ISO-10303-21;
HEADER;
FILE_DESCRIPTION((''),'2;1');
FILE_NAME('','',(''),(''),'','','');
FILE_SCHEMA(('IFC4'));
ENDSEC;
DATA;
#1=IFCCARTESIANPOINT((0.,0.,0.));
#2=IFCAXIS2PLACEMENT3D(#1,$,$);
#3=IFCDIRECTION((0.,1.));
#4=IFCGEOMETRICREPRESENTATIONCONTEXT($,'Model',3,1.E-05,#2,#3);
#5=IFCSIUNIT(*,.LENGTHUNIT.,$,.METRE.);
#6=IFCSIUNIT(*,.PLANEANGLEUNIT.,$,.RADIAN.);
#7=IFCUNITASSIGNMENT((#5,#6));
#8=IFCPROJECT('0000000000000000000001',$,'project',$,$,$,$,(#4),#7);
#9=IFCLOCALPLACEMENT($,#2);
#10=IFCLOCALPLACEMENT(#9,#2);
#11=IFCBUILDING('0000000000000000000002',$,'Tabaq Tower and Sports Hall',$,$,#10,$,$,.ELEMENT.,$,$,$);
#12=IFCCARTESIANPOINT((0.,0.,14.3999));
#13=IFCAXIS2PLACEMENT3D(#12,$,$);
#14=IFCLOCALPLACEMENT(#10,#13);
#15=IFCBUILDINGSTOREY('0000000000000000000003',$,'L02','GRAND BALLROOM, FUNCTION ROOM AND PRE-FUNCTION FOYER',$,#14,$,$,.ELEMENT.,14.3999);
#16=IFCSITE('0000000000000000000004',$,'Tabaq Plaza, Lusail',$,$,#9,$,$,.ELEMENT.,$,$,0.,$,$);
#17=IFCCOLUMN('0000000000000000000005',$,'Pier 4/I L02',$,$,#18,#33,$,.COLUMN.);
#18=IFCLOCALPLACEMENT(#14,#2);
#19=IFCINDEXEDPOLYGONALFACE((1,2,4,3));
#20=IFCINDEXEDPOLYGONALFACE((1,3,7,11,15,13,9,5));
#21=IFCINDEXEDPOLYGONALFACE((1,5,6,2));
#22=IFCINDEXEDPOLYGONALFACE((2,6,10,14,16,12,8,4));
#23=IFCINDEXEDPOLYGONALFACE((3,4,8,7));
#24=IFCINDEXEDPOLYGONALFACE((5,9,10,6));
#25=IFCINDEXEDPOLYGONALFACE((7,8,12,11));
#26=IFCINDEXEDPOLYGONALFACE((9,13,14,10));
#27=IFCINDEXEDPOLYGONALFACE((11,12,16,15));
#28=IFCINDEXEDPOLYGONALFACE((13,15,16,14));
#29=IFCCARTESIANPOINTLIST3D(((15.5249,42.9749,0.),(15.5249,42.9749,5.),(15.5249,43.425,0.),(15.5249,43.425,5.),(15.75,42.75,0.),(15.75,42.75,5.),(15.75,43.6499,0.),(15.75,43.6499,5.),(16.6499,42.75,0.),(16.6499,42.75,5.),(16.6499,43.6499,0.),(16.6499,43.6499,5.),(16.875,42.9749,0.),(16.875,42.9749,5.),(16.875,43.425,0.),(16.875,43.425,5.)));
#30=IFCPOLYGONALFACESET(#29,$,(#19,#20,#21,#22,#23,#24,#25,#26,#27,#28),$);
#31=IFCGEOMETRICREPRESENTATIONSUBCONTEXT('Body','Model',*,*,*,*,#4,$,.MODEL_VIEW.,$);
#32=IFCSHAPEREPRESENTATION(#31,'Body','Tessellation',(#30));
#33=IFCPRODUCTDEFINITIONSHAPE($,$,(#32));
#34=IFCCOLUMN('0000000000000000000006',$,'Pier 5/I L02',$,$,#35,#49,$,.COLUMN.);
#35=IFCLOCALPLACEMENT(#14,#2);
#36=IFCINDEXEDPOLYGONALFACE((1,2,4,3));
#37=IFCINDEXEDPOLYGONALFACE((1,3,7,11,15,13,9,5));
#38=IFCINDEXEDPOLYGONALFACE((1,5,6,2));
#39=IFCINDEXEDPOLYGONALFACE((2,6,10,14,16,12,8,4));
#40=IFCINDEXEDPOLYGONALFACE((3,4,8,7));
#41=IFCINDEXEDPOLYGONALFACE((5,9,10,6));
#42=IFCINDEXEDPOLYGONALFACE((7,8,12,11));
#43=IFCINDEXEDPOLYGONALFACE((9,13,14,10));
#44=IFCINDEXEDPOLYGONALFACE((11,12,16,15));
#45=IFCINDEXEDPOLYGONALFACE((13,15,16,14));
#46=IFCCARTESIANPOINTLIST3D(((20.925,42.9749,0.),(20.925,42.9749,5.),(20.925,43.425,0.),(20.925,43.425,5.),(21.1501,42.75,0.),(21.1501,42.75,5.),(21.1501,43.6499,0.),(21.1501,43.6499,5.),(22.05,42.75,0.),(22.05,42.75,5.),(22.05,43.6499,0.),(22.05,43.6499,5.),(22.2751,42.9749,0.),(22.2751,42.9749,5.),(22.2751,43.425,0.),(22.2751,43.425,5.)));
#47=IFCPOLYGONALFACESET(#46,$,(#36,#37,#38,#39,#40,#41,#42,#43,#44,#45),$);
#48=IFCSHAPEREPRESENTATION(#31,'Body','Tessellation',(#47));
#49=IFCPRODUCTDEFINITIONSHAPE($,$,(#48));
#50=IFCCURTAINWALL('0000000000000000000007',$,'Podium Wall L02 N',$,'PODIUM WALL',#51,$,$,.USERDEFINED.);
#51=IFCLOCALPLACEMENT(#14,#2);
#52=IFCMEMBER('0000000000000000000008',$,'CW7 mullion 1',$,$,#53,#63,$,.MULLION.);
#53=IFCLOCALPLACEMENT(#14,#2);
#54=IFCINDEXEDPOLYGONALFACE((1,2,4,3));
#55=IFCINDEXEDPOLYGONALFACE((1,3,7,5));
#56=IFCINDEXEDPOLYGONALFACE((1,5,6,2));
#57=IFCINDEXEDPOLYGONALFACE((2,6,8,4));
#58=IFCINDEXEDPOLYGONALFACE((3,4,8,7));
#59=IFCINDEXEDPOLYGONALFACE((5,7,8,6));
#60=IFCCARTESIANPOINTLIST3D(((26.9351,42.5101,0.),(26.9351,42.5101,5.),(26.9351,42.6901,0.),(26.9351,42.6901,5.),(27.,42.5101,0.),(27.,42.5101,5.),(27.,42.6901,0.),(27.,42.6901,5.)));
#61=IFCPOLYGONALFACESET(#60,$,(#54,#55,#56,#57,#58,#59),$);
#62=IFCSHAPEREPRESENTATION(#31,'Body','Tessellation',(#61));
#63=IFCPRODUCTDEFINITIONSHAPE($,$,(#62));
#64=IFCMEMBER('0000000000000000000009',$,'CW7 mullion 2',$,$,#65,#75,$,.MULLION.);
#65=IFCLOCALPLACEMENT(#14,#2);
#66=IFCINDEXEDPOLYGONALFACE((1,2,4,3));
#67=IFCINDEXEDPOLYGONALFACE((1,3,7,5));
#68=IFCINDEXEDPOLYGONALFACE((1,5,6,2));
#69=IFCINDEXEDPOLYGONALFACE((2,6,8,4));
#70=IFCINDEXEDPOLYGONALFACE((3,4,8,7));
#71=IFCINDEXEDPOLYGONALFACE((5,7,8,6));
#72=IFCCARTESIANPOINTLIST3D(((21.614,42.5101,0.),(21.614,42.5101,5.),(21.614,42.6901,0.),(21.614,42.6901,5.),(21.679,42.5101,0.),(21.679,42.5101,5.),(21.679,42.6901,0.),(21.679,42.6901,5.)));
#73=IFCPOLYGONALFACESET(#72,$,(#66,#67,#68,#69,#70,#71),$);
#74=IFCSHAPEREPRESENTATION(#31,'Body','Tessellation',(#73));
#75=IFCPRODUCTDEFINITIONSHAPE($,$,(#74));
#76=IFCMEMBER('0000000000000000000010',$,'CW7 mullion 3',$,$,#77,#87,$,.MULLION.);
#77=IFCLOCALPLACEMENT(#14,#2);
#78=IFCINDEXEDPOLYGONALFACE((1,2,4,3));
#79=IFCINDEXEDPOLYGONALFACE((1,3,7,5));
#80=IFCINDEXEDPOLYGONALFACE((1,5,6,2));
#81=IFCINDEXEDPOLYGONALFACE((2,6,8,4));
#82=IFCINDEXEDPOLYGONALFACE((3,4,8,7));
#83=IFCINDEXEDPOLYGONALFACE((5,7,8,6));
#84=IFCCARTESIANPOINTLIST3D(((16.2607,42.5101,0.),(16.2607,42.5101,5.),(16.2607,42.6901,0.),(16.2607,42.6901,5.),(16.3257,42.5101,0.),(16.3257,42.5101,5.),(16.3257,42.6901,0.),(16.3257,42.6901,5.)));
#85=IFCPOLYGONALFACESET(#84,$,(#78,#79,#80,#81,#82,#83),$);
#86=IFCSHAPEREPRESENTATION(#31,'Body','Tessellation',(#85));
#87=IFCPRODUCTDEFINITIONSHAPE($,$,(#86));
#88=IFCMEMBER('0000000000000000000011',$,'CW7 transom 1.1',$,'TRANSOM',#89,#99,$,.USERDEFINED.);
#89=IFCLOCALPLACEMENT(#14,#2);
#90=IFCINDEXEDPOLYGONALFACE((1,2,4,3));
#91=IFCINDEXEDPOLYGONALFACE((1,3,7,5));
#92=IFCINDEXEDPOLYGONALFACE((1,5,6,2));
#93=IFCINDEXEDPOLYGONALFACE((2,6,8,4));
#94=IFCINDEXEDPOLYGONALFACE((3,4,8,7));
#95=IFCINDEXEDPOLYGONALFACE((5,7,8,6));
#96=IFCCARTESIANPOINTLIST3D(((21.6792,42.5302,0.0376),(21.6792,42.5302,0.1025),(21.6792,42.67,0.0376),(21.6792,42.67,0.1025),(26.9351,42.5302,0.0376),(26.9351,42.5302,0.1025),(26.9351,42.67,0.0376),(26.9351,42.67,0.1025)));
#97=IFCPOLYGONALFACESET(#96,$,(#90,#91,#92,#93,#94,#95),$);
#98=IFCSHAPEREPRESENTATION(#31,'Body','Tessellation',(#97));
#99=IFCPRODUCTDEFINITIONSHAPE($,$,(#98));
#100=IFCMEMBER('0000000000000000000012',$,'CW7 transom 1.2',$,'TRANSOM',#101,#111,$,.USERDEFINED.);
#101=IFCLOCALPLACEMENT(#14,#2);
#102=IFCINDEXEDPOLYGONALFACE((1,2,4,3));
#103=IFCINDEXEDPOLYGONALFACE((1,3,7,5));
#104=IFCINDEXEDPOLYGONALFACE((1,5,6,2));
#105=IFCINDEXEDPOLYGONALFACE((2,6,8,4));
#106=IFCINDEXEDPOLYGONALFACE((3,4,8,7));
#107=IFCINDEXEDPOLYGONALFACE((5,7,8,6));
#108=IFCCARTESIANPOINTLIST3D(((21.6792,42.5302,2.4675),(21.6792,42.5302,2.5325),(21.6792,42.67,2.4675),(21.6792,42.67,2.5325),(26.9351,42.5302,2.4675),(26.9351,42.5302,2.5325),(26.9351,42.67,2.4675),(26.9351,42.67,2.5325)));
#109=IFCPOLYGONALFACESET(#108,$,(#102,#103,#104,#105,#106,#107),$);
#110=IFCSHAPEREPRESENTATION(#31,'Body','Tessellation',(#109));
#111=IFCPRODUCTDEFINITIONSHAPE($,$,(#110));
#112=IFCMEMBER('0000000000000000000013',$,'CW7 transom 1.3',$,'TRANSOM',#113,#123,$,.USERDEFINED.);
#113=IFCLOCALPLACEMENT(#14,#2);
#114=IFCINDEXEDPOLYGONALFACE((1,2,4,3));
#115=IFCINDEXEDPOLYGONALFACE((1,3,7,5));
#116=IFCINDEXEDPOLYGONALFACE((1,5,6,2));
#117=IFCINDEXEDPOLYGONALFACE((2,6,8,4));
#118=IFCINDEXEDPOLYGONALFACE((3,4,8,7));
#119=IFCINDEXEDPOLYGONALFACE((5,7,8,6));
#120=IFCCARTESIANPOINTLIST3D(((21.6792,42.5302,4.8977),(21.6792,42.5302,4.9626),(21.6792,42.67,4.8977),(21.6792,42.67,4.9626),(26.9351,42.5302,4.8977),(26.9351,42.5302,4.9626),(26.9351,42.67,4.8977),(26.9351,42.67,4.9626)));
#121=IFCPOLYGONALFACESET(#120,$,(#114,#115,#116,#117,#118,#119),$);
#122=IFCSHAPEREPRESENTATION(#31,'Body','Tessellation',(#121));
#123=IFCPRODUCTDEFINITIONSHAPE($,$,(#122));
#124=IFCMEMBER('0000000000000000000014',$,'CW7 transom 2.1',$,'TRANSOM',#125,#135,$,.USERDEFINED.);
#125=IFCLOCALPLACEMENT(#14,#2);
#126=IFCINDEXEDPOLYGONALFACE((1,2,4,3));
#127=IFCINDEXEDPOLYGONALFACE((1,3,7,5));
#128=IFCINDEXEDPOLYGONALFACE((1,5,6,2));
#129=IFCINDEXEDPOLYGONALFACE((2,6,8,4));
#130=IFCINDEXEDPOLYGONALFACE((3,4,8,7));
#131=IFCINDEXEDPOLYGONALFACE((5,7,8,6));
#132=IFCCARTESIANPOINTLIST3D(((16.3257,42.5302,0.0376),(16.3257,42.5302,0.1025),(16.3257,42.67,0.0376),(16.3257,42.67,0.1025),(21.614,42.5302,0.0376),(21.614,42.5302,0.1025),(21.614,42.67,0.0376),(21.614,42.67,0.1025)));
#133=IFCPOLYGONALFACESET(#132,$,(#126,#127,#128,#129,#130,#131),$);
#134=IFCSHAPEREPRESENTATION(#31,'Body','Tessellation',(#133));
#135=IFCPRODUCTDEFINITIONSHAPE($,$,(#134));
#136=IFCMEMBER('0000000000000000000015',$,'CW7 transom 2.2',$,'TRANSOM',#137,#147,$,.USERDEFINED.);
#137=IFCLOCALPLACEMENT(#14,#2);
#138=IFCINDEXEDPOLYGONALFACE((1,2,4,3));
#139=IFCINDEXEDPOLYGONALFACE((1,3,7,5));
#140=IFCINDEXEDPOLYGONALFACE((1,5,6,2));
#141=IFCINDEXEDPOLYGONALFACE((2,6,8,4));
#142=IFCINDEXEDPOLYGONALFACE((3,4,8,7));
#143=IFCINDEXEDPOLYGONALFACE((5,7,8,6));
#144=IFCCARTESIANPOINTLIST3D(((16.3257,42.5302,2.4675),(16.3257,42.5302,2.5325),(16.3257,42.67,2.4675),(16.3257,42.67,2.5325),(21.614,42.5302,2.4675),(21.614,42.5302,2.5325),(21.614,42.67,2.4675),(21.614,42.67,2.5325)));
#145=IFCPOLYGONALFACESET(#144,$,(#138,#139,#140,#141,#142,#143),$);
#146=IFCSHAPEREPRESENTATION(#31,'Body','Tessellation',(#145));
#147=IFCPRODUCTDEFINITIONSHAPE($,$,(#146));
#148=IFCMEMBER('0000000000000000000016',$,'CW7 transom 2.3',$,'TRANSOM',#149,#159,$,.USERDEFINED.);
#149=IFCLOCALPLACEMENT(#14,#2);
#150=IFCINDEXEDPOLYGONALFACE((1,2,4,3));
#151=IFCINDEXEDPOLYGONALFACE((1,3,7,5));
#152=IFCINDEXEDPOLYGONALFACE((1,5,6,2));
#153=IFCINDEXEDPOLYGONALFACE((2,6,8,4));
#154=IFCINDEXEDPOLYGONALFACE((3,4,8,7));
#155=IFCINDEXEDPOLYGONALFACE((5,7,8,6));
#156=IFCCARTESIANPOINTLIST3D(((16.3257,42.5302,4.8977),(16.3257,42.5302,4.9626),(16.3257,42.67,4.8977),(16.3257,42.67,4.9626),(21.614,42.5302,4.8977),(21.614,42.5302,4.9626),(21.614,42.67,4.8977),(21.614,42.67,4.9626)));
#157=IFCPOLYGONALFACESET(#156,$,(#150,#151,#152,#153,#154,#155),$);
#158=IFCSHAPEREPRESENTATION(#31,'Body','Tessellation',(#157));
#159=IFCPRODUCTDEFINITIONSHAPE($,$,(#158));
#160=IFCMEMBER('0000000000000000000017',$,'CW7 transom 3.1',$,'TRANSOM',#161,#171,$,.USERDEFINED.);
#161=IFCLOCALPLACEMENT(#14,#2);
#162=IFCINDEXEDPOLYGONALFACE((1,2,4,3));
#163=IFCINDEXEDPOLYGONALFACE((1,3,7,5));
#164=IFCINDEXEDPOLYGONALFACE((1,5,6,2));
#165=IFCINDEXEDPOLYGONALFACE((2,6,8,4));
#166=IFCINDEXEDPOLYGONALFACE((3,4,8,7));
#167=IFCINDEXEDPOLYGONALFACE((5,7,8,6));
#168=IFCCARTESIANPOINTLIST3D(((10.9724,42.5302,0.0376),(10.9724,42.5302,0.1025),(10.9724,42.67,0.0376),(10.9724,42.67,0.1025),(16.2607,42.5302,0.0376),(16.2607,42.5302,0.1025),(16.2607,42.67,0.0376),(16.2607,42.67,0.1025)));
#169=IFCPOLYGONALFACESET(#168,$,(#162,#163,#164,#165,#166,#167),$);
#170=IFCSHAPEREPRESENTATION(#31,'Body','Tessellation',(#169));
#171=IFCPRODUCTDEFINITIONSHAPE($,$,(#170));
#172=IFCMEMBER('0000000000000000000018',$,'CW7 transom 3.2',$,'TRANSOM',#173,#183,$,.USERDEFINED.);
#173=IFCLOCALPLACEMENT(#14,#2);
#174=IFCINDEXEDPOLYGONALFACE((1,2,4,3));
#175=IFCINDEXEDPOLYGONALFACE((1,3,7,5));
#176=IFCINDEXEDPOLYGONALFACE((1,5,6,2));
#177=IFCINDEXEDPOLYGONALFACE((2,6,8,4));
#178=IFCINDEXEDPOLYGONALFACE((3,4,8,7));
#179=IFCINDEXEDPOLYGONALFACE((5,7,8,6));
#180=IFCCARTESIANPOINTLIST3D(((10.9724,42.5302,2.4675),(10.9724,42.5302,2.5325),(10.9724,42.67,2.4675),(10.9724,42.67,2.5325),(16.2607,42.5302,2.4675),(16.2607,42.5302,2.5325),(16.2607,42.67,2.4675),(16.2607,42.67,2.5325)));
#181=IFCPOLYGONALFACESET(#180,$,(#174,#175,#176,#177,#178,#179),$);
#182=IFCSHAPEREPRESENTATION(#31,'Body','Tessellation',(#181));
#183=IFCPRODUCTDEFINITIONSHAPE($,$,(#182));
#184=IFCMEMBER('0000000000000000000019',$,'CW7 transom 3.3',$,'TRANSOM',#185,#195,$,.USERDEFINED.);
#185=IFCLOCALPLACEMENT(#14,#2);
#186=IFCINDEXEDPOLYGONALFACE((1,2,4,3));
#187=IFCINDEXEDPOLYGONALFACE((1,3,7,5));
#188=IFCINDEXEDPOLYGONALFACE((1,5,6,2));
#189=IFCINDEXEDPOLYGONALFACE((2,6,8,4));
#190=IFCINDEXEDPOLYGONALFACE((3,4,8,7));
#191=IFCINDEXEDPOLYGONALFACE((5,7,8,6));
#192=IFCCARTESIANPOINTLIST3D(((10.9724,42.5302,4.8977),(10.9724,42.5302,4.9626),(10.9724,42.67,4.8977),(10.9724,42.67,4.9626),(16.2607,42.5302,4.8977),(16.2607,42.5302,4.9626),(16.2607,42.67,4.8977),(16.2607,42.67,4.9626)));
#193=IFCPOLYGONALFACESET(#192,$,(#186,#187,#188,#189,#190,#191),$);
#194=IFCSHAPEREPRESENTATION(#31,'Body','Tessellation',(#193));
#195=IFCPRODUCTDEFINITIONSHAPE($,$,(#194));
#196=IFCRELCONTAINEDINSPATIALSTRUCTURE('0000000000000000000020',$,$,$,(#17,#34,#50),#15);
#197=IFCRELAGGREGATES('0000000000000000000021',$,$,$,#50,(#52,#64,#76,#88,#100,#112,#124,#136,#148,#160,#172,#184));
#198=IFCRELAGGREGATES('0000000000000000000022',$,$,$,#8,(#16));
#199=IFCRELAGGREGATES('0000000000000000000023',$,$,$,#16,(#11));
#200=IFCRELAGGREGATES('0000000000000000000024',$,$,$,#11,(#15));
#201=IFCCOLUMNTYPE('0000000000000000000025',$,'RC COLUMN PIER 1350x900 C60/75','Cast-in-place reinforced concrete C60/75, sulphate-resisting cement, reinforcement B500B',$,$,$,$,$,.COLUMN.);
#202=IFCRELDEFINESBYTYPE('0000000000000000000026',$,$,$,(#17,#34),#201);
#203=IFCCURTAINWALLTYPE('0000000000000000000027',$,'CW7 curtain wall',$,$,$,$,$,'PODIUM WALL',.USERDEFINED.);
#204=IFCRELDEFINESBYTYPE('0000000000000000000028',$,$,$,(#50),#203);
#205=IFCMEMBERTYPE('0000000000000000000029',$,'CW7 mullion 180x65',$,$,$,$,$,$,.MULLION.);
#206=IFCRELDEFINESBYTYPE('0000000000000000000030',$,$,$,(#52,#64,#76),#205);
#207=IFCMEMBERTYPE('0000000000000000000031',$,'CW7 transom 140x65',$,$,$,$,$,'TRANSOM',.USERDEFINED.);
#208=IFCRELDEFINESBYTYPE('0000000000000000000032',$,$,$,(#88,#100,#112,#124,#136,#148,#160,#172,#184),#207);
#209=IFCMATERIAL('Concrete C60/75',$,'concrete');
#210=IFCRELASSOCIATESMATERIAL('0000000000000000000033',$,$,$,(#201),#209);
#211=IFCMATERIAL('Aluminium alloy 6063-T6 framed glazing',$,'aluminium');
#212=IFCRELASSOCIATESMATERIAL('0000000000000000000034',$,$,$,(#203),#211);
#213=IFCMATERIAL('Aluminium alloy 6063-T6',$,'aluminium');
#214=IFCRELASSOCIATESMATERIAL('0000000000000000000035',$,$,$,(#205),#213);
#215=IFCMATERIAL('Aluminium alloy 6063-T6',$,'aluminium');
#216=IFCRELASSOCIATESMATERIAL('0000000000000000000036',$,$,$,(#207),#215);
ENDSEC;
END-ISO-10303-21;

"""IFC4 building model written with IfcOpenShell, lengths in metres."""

from ifc_helpers import new_model, si_unit, direction, frame, origin, origin_2d, place, context, subcontext, project, spatial, polyline, rectangle, outline, extrude, material, material_profile, profile_set, type_object, element, aggregate, save


model = new_model("IFC4")

# Units and contexts
model_context = context("Model", 3, precision=1e-05, world=origin(), true_north=direction((0.0, 1.0)))
body_context = subcontext(model_context, "Body", "Model", "MODEL_VIEW")
ifc_project = project(units=[si_unit("LENGTHUNIT", "METRE"), si_unit("PLANEANGLEUNIT", "RADIAN")], contexts=[model_context])

# Site, building, storey
site_placement = place(None, origin())
site = spatial("IfcSite", under=ifc_project, at=site_placement, Name="Tabaq Plaza, Lusail", CompositionType="ELEMENT", RefElevation=0.0)
building_placement = place(site_placement, origin())
building = spatial("IfcBuilding", under=site, at=building_placement, Name="Tabaq Tower and Sports Hall", CompositionType="ELEMENT")
storey_placement = place(building_placement, frame((0.0, 0.0, 14.3999)))
storey = spatial("IfcBuildingStorey", under=building, at=storey_placement, Name="L02", Description="GRAND BALLROOM, FUNCTION ROOM AND PRE-FUNCTION FOYER", CompositionType="ELEMENT", Elevation=14.3999)

# Columns
ifc_material_1 = material(Name="Concrete C60/75", Category="concrete")
ifc_material_profile_1 = material_profile(ifc_material_1, outline(polyline([(-0.45, -0.45), (0.45, -0.45), (0.675, -0.2251), (0.675, 0.2251), (0.45, 0.45), (-0.45, 0.45), (-0.675, 0.2251), (-0.675, -0.2251), (-0.45, -0.45)])), Name="PIER 1350x900")
ifc_profile_set_1 = profile_set([ifc_material_profile_1], Name="Concrete C60/75")
column_type = type_object("IfcColumnType", Name="RC COLUMN PIER 1350x900 C60/75", Description="Cast-in-place reinforced concrete C60/75, sulphate-resisting cement, reinforcement B500B", PredefinedType="COLUMN", material=ifc_profile_set_1)
for number, where, z_axis, x_axis, name in (
    (1, (16.2, 43.2, 0.0), (0.0, 0.0, 1.0), (1.0, 0.0, 0.0), "Pier 4/I L02"),
    (2, (21.6001, 43.2, 0.0), (0.0, 0.0, 1.0), (1.0, 0.0, 0.0), "Pier 5/I L02"),
):
    element("IfcColumn", number, at=place(storey_placement, frame(where, z_axis=z_axis, x_axis=x_axis)), inside=storey, type_object=column_type, Name=name, PredefinedType="COLUMN", context=body_context, shape_type="SweptSolid", body=[
        extrude(outline(polyline([(-0.45, -0.45), (0.45, -0.45), (0.675, -0.2251), (0.675, 0.2251), (0.45, 0.45), (-0.45, 0.45), (-0.675, 0.2251), (-0.675, -0.2251), (-0.45, -0.45)])), origin(), (0.0, 0.0, 1.0), 5.0),
    ])

# Curtain wall, members
ifc_material_2 = material(Name="Aluminium alloy 6063-T6 framed glazing", Category="aluminium")
curtain_wall_type = type_object("IfcCurtainWallType", Name="CW7 curtain wall", ElementType="PODIUM WALL", PredefinedType="USERDEFINED", material=ifc_material_2)
curtain_wall_placement = place(storey_placement, origin())
curtain_wall = element("IfcCurtainWall", 3, at=curtain_wall_placement, inside=storey, type_object=curtain_wall_type, Name="Podium Wall L02 N", ObjectType="PODIUM WALL", PredefinedType="USERDEFINED")
ifc_material_3 = material(Name="Aluminium alloy 6063-T6", Category="aluminium")
ifc_material_profile_2 = material_profile(ifc_material_3, rectangle(XDim=0.1799, YDim=0.0649, at=origin_2d()), Name="MULLION 180x65")
ifc_profile_set_2 = profile_set([ifc_material_profile_2], Name="Aluminium alloy 6063-T6")
member_type_1 = type_object("IfcMemberType", Name="CW7 mullion 180x65", PredefinedType="MULLION", material=ifc_profile_set_2)
member_1_placement = place(storey_placement, frame((26.9675, 42.6001, 0.0), z_axis=(0.0, 0.0, 1.0), x_axis=(0.0, -1.0, 0.0)))
member_1 = element("IfcMember", 4, at=member_1_placement, type_object=member_type_1, Name="CW7 mullion 1", PredefinedType="MULLION", context=body_context, shape_type="SweptSolid", body=[
    extrude(rectangle(XDim=0.1799, YDim=0.0649, at=origin_2d()), origin(), (0.0, 0.0, 1.0), 5.0),
])
member_2_placement = place(storey_placement, frame((21.6465, 42.6001, 0.0), z_axis=(0.0, 0.0, 1.0), x_axis=(0.0, -1.0, 0.0)))
member_2 = element("IfcMember", 5, at=member_2_placement, type_object=member_type_1, Name="CW7 mullion 2", PredefinedType="MULLION", context=body_context, shape_type="SweptSolid", body=[
    extrude(rectangle(XDim=0.1799, YDim=0.0649, at=origin_2d()), origin(), (0.0, 0.0, 1.0), 5.0),
])
member_3_placement = place(storey_placement, frame((16.2932, 42.6001, 0.0), z_axis=(0.0, 0.0, 1.0), x_axis=(0.0, -1.0, 0.0)))
member_3 = element("IfcMember", 6, at=member_3_placement, type_object=member_type_1, Name="CW7 mullion 3", PredefinedType="MULLION", context=body_context, shape_type="SweptSolid", body=[
    extrude(rectangle(XDim=0.1799, YDim=0.0649, at=origin_2d()), origin(), (0.0, 0.0, 1.0), 5.0),
])
ifc_material_4 = material(Name="Aluminium alloy 6063-T6", Category="aluminium")
ifc_material_profile_3 = material_profile(ifc_material_4, rectangle(XDim=0.1399, YDim=0.0649, at=origin_2d()), Name="TRANSOM 140x65")
ifc_profile_set_3 = profile_set([ifc_material_profile_3], Name="Aluminium alloy 6063-T6")
member_type_2 = type_object("IfcMemberType", Name="CW7 transom 140x65", ElementType="TRANSOM", PredefinedType="USERDEFINED", material=ifc_profile_set_3)
member_4_placement = place(storey_placement, frame((26.9351, 42.6001, 0.0701), z_axis=(-1.0, 0.0, 0.0), x_axis=(0.0, -1.0, 0.0)))
member_4 = element("IfcMember", 7, at=member_4_placement, type_object=member_type_2, Name="CW7 transom 1.1", ObjectType="TRANSOM", PredefinedType="USERDEFINED", context=body_context, shape_type="SweptSolid", body=[
    extrude(rectangle(XDim=0.1399, YDim=0.0649, at=origin_2d()), origin(), (0.0, 0.0, 1.0), 5.2559),
])
member_5_placement = place(storey_placement, frame((26.9351, 42.6001, 2.5), z_axis=(-1.0, 0.0, 0.0), x_axis=(0.0, -1.0, 0.0)))
member_5 = element("IfcMember", 8, at=member_5_placement, type_object=member_type_2, Name="CW7 transom 1.2", ObjectType="TRANSOM", PredefinedType="USERDEFINED", context=body_context, shape_type="SweptSolid", body=[
    extrude(rectangle(XDim=0.1399, YDim=0.0649, at=origin_2d()), origin(), (0.0, 0.0, 1.0), 5.2559),
])
member_6_placement = place(storey_placement, frame((26.9351, 42.6001, 4.9302), z_axis=(-1.0, 0.0, 0.0), x_axis=(0.0, -1.0, 0.0)))
member_6 = element("IfcMember", 9, at=member_6_placement, type_object=member_type_2, Name="CW7 transom 1.3", ObjectType="TRANSOM", PredefinedType="USERDEFINED", context=body_context, shape_type="SweptSolid", body=[
    extrude(rectangle(XDim=0.1399, YDim=0.0649, at=origin_2d()), origin(), (0.0, 0.0, 1.0), 5.2559),
])
member_7_placement = place(storey_placement, frame((21.614, 42.6001, 0.0701), z_axis=(-1.0, 0.0, 0.0), x_axis=(0.0, -1.0, 0.0)))
member_7 = element("IfcMember", 10, at=member_7_placement, type_object=member_type_2, Name="CW7 transom 2.1", ObjectType="TRANSOM", PredefinedType="USERDEFINED", context=body_context, shape_type="SweptSolid", body=[
    extrude(rectangle(XDim=0.1399, YDim=0.0649, at=origin_2d()), origin(), (0.0, 0.0, 1.0), 5.2883),
])
member_8_placement = place(storey_placement, frame((21.614, 42.6001, 2.5), z_axis=(-1.0, 0.0, 0.0), x_axis=(0.0, -1.0, 0.0)))
member_8 = element("IfcMember", 11, at=member_8_placement, type_object=member_type_2, Name="CW7 transom 2.2", ObjectType="TRANSOM", PredefinedType="USERDEFINED", context=body_context, shape_type="SweptSolid", body=[
    extrude(rectangle(XDim=0.1399, YDim=0.0649, at=origin_2d()), origin(), (0.0, 0.0, 1.0), 5.2883),
])
member_9_placement = place(storey_placement, frame((21.614, 42.6001, 4.9302), z_axis=(-1.0, 0.0, 0.0), x_axis=(0.0, -1.0, 0.0)))
member_9 = element("IfcMember", 12, at=member_9_placement, type_object=member_type_2, Name="CW7 transom 2.3", ObjectType="TRANSOM", PredefinedType="USERDEFINED", context=body_context, shape_type="SweptSolid", body=[
    extrude(rectangle(XDim=0.1399, YDim=0.0649, at=origin_2d()), origin(), (0.0, 0.0, 1.0), 5.2883),
])
member_10_placement = place(storey_placement, frame((16.2607, 42.6001, 0.0701), z_axis=(-1.0, 0.0, 0.0), x_axis=(0.0, -1.0, 0.0)))
member_10 = element("IfcMember", 13, at=member_10_placement, type_object=member_type_2, Name="CW7 transom 3.1", ObjectType="TRANSOM", PredefinedType="USERDEFINED", context=body_context, shape_type="SweptSolid", body=[
    extrude(rectangle(XDim=0.1399, YDim=0.0649, at=origin_2d()), origin(), (0.0, 0.0, 1.0), 5.2883),
])
member_11_placement = place(storey_placement, frame((16.2607, 42.6001, 2.5), z_axis=(-1.0, 0.0, 0.0), x_axis=(0.0, -1.0, 0.0)))
member_11 = element("IfcMember", 14, at=member_11_placement, type_object=member_type_2, Name="CW7 transom 3.2", ObjectType="TRANSOM", PredefinedType="USERDEFINED", context=body_context, shape_type="SweptSolid", body=[
    extrude(rectangle(XDim=0.1399, YDim=0.0649, at=origin_2d()), origin(), (0.0, 0.0, 1.0), 5.2883),
])
member_12_placement = place(storey_placement, frame((16.2607, 42.6001, 4.9302), z_axis=(-1.0, 0.0, 0.0), x_axis=(0.0, -1.0, 0.0)))
member_12 = element("IfcMember", 15, at=member_12_placement, type_object=member_type_2, Name="CW7 transom 3.3", ObjectType="TRANSOM", PredefinedType="USERDEFINED", context=body_context, shape_type="SweptSolid", body=[
    extrude(rectangle(XDim=0.1399, YDim=0.0649, at=origin_2d()), origin(), (0.0, 0.0, 1.0), 5.2883),
])

aggregate(curtain_wall, [member_1, member_2, member_3, member_4, member_5, member_6, member_7, member_8, member_9, member_10, member_11, member_12])

save(model, "model.ifc")
